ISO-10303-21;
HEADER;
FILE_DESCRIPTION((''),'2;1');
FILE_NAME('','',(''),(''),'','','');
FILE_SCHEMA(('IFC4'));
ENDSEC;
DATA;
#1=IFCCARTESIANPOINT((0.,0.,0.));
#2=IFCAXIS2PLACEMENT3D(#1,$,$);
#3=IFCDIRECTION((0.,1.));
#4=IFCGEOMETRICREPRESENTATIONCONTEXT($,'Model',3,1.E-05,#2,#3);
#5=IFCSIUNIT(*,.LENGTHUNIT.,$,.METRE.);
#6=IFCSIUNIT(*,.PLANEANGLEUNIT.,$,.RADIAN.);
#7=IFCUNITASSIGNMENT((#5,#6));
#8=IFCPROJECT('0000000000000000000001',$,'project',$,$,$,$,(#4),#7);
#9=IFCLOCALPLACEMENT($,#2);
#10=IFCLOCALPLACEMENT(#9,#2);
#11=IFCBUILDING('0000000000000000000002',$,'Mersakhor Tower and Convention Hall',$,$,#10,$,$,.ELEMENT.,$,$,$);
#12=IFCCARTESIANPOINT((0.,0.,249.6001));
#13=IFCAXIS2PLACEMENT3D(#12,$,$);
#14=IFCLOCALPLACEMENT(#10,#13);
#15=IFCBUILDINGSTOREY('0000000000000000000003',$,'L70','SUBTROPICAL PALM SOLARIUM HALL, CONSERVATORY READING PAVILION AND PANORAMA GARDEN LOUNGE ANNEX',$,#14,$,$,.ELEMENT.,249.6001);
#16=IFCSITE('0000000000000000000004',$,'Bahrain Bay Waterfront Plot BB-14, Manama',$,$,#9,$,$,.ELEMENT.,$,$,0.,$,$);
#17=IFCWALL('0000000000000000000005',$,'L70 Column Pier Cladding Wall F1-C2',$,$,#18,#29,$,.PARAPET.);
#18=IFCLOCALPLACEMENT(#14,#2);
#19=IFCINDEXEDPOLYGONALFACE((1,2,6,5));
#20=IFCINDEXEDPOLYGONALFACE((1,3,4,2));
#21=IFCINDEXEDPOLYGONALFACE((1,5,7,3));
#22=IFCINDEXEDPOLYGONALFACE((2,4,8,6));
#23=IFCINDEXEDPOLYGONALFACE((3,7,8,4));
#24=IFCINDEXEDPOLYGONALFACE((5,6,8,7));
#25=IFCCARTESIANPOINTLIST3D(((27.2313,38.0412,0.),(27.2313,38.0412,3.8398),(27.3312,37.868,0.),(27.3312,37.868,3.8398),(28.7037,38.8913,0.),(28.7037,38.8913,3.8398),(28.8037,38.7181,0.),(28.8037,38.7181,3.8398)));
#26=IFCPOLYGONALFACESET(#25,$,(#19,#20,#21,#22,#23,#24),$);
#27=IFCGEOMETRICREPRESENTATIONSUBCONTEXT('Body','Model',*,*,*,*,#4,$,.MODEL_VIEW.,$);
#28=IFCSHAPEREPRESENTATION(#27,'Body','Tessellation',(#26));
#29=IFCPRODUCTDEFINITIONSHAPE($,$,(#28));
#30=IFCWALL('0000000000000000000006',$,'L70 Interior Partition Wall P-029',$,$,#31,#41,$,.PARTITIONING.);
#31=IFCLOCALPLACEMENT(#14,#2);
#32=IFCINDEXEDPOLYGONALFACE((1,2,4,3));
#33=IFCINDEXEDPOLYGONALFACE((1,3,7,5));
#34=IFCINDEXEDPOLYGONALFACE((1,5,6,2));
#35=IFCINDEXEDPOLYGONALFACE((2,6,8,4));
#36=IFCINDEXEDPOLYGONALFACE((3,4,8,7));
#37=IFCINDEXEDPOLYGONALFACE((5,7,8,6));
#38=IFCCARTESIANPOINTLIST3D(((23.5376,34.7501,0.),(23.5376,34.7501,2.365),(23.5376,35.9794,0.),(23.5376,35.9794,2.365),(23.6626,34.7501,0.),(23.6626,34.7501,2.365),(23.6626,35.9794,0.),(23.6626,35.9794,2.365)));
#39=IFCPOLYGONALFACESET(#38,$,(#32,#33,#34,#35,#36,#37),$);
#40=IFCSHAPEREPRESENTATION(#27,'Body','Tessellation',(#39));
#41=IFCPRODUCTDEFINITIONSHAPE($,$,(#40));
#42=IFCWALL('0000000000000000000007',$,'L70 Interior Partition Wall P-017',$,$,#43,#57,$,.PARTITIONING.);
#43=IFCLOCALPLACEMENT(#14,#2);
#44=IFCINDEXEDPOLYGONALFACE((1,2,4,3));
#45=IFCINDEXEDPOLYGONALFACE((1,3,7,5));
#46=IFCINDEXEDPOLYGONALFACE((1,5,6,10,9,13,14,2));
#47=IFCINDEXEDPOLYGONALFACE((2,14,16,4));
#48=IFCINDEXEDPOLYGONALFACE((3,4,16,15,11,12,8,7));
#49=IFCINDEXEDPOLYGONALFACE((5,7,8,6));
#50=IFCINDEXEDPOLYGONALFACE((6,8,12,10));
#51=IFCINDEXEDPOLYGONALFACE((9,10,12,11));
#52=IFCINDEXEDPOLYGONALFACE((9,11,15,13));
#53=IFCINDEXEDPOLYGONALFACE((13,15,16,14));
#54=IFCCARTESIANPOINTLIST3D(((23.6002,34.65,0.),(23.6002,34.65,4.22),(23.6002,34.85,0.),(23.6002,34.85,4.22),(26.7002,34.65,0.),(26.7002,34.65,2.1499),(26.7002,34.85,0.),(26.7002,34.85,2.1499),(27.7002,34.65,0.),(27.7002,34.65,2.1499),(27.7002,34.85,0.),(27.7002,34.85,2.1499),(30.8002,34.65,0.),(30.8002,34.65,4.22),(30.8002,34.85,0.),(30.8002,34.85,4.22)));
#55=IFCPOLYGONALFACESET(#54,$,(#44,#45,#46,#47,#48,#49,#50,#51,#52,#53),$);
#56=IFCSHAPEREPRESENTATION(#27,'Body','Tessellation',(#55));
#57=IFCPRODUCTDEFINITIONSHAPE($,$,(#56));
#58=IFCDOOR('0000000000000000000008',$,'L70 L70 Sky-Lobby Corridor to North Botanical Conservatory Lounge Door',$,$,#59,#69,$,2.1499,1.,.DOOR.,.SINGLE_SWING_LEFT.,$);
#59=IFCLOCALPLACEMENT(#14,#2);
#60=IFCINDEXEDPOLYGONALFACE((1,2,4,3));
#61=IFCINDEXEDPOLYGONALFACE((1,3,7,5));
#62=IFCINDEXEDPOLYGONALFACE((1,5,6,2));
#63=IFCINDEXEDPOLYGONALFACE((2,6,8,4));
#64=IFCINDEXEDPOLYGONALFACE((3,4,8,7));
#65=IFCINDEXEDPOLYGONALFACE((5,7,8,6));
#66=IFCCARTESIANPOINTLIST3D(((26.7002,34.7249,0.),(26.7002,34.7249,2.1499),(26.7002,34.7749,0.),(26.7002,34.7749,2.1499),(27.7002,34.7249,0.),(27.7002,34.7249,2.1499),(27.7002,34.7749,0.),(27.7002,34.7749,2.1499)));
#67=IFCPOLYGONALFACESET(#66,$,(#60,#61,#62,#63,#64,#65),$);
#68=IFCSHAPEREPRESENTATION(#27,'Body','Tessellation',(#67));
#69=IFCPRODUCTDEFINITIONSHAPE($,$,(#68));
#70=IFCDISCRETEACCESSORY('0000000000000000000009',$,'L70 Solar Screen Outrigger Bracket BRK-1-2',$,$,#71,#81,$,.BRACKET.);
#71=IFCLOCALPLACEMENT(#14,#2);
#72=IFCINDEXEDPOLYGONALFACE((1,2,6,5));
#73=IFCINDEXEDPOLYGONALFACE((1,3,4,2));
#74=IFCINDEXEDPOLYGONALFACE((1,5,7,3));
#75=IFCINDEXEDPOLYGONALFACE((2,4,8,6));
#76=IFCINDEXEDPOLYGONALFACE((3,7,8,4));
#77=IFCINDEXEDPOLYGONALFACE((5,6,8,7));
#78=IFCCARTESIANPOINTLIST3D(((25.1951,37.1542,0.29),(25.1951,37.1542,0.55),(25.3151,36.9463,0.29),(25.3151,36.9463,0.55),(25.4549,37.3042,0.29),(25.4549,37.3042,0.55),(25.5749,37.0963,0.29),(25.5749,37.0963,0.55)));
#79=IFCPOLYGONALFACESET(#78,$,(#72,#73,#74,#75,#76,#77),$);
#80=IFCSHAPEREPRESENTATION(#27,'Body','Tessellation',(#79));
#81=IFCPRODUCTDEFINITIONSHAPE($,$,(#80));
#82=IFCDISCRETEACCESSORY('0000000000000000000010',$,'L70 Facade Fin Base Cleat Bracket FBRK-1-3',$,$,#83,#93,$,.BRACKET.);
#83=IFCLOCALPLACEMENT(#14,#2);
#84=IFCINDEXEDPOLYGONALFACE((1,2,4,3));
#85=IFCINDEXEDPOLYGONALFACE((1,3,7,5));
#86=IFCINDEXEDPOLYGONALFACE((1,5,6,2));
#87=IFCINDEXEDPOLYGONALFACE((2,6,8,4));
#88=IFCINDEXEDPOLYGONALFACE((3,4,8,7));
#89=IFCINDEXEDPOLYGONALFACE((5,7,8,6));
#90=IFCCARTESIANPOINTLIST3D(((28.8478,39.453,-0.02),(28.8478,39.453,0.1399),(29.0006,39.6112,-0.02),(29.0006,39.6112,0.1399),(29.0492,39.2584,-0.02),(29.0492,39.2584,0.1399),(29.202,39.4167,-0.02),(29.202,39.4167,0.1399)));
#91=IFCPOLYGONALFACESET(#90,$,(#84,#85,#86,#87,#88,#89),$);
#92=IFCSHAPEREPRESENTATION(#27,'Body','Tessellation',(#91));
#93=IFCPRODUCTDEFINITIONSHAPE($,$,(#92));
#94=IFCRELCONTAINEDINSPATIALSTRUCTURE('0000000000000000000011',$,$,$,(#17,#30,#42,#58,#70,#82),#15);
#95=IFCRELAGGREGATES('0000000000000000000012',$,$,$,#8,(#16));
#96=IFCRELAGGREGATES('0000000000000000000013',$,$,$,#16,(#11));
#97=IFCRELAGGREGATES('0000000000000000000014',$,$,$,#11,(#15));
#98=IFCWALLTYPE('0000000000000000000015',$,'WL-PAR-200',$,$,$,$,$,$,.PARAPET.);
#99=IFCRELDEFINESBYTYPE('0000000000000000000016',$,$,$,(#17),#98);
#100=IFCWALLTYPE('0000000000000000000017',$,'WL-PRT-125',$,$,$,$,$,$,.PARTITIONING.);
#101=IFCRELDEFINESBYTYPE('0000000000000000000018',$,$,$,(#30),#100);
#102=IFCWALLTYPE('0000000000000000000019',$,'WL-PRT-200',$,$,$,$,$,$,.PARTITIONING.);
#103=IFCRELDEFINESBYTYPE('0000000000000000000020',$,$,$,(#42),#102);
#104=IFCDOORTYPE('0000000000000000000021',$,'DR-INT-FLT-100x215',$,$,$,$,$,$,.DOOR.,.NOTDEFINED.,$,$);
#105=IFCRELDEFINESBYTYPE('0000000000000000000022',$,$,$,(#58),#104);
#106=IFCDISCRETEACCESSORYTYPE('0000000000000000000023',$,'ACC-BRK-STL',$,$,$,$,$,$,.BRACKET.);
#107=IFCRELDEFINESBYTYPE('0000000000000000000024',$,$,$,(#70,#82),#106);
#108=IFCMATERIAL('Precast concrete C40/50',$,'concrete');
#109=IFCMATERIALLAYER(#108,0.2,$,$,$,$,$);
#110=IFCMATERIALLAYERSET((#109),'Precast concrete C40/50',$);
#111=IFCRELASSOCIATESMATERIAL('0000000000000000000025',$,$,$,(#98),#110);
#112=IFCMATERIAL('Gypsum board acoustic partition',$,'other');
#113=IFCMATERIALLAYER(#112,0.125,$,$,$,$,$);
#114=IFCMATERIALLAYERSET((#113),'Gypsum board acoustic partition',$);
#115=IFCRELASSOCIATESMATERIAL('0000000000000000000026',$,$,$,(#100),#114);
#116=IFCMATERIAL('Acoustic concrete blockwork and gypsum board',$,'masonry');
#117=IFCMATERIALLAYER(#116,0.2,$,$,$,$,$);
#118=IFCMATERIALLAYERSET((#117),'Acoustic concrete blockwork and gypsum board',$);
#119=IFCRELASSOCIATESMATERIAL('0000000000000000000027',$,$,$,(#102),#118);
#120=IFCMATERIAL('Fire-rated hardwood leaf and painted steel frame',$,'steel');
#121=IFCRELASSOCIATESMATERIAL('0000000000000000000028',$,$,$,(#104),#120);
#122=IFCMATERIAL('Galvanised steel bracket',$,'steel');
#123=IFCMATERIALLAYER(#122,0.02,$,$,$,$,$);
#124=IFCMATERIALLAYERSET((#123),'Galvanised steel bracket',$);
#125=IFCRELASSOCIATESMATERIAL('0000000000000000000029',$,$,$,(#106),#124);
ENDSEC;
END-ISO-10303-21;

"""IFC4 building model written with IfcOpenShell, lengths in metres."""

from ifc_helpers import new_model, si_unit, direction, frame, frame_2d, origin, origin_2d, place, context, subcontext, project, spatial, rectangle, extrude, material, layer, layer_set, type_object, element, fill, save


model = new_model("IFC4")

# Units and contexts
model_context = context("Model", 3, precision=1e-05, world=origin(), true_north=direction((0.0, 1.0)))
body_context = subcontext(model_context, "Body", "Model", "MODEL_VIEW")
ifc_project = project(units=[si_unit("LENGTHUNIT", "METRE"), si_unit("PLANEANGLEUNIT", "RADIAN")], contexts=[model_context])

# Site, building, storey
site_placement = place(None, origin())
site = spatial("IfcSite", under=ifc_project, at=site_placement, Name="Bahrain Bay Waterfront Plot BB-14, Manama", CompositionType="ELEMENT", RefElevation=0.0)
building_placement = place(site_placement, origin())
building = spatial("IfcBuilding", under=site, at=building_placement, Name="Mersakhor Tower and Convention Hall", CompositionType="ELEMENT")
storey_placement = place(building_placement, frame((0.0, 0.0, 249.6001)))
storey = spatial("IfcBuildingStorey", under=building, at=storey_placement, Name="L70", Description="SUBTROPICAL PALM SOLARIUM HALL, CONSERVATORY READING PAVILION AND PANORAMA GARDEN LOUNGE ANNEX", CompositionType="ELEMENT", Elevation=249.6001)

# Walls
ifc_material_1 = material(Name="Precast concrete C40/50", Category="concrete")
ifc_layer_1 = layer(ifc_material_1, 0.2)
ifc_layer_set_1 = layer_set([ifc_layer_1], Name="Precast concrete C40/50")
wall_type_1 = type_object("IfcWallType", Name="WL-PAR-200", PredefinedType="PARAPET", material=ifc_layer_set_1)
wall_1_placement = place(storey_placement, frame((27.2812, 37.9546, 0.0), z_axis=(0.0, 0.0, 1.0), x_axis=(0.866025, 0.5, 0.0)))
element("IfcWall", 1, at=wall_1_placement, inside=storey, type_object=wall_type_1, Name="L70 Column Pier Cladding Wall F1-C2", PredefinedType="PARAPET", context=body_context, shape_type="SweptSolid", body=[
    extrude(rectangle(XDim=1.7002, YDim=0.2, at=frame_2d((0.8501, 0.0))), origin(), (0.0, 0.0, 1.0), 3.8398),
])
ifc_material_2 = material(Name="Gypsum board acoustic partition", Category="other")
ifc_layer_2 = layer(ifc_material_2, 0.125)
ifc_layer_set_2 = layer_set([ifc_layer_2], Name="Gypsum board acoustic partition")
wall_type_2 = type_object("IfcWallType", Name="WL-PRT-125", PredefinedType="PARTITIONING", material=ifc_layer_set_2)
wall_2_placement = place(storey_placement, frame((23.6001, 34.75, 0.0), z_axis=(0.0, 0.0, 1.0), x_axis=(0.0, 1.0, 0.0)))
element("IfcWall", 2, at=wall_2_placement, inside=storey, type_object=wall_type_2, Name="L70 Interior Partition Wall P-029", PredefinedType="PARTITIONING", context=body_context, shape_type="SweptSolid", body=[
    extrude(rectangle(XDim=1.2292, YDim=0.125, at=frame_2d((0.6147, 0.0))), origin(), (0.0, 0.0, 1.0), 2.365),
])

# Wall, opening, door
ifc_material_3 = material(Name="Acoustic concrete blockwork and gypsum board", Category="masonry")
ifc_layer_3 = layer(ifc_material_3, 0.2)
ifc_layer_set_3 = layer_set([ifc_layer_3], Name="Acoustic concrete blockwork and gypsum board")
wall_type_3 = type_object("IfcWallType", Name="WL-PRT-200", PredefinedType="PARTITIONING", material=ifc_layer_set_3)
wall_3_placement = place(storey_placement, frame((23.6001, 34.75, 0.0), z_axis=(0.0, 0.0, 1.0), x_axis=(1.0, 0.0, 0.0)))
wall_3 = element("IfcWall", 3, at=wall_3_placement, inside=storey, type_object=wall_type_3, Name="L70 Interior Partition Wall P-017", PredefinedType="PARTITIONING", context=body_context, shape_type="SweptSolid", body=[
    extrude(rectangle(XDim=7.2, YDim=0.2, at=frame_2d((3.6001, 0.0))), origin(), (0.0, 0.0, 1.0), 4.22),
])
opening_1_placement = place(wall_3_placement, frame((3.1001, 0.0, 0.0)))
opening_1 = element("IfcOpeningElement", 4, at=opening_1_placement, cuts=wall_3, PredefinedType="OPENING", context=body_context, shape_type="SweptSolid", body=[
    extrude(rectangle(XDim=1.0, YDim=2.1499, at=frame_2d((0.5, 1.075))), frame((0.0, 0.1099, 0.0), z_axis=(0.0, -1.0, 0.0), x_axis=(1.0, 0.0, 0.0)), (0.0, 0.0, 1.0), 0.22),
])
ifc_material_4 = material(Name="Fire-rated hardwood leaf and painted steel frame", Category="steel")
door_type_1 = type_object("IfcDoorType", Name="DR-INT-FLT-100x215", OperationType="NOTDEFINED", PredefinedType="DOOR", material=ifc_material_4)
door_1_placement = place(opening_1_placement, origin())
door_1 = element("IfcDoor", 5, at=door_1_placement, inside=storey, type_object=door_type_1, Name="L70 L70 Sky-Lobby Corridor to North Botanical Conservatory Lounge Door", OperationType="SINGLE_SWING_LEFT", OverallHeight=2.1499, OverallWidth=1.0, PredefinedType="DOOR", context=body_context, shape_type="SweptSolid", body=[
    extrude(rectangle(XDim=1.0, YDim=2.1499, at=frame_2d((0.5, 1.075))), frame((0.0, 0.0249, 0.0), z_axis=(0.0, -1.0, 0.0), x_axis=(1.0, 0.0, 0.0)), (0.0, 0.0, 1.0), 0.05),
])
fill(opening_1, door_1)

# Discrete accessories
ifc_material_5 = material(Name="Galvanised steel bracket", Category="steel")
ifc_layer_4 = layer(ifc_material_5, 0.02)
ifc_layer_set_4 = layer_set([ifc_layer_4], Name="Galvanised steel bracket")
discrete_accessory_type = type_object("IfcDiscreteAccessoryType", Name="ACC-BRK-STL", PredefinedType="BRACKET", material=ifc_layer_set_4)
discrete_accessory_1_placement = place(storey_placement, frame((25.385, 37.1252, 0.29), z_axis=(0.0, 0.0, 1.0), x_axis=(0.866025, 0.5, 0.0)))
element("IfcDiscreteAccessory", 6, at=discrete_accessory_1_placement, inside=storey, type_object=discrete_accessory_type, Name="L70 Solar Screen Outrigger Bracket BRK-1-2", PredefinedType="BRACKET", context=body_context, shape_type="SweptSolid", body=[
    extrude(rectangle(XDim=0.3, YDim=0.24, at=origin_2d()), origin(), (0.0, 0.0, 1.0), 0.26),
])
discrete_accessory_2_placement = place(storey_placement, frame((29.0249, 39.4348, -0.02), z_axis=(0.0, 0.0, 1.0), x_axis=(-0.71934, 0.694658, 0.0)))
element("IfcDiscreteAccessory", 7, at=discrete_accessory_2_placement, inside=storey, type_object=discrete_accessory_type, Name="L70 Facade Fin Base Cleat Bracket FBRK-1-3", PredefinedType="BRACKET", context=body_context, shape_type="SweptSolid", body=[
    extrude(rectangle(XDim=0.28, YDim=0.22, at=origin_2d()), origin(), (0.0, 0.0, 1.0), 0.1599),
])

save(model, "model.ifc")
